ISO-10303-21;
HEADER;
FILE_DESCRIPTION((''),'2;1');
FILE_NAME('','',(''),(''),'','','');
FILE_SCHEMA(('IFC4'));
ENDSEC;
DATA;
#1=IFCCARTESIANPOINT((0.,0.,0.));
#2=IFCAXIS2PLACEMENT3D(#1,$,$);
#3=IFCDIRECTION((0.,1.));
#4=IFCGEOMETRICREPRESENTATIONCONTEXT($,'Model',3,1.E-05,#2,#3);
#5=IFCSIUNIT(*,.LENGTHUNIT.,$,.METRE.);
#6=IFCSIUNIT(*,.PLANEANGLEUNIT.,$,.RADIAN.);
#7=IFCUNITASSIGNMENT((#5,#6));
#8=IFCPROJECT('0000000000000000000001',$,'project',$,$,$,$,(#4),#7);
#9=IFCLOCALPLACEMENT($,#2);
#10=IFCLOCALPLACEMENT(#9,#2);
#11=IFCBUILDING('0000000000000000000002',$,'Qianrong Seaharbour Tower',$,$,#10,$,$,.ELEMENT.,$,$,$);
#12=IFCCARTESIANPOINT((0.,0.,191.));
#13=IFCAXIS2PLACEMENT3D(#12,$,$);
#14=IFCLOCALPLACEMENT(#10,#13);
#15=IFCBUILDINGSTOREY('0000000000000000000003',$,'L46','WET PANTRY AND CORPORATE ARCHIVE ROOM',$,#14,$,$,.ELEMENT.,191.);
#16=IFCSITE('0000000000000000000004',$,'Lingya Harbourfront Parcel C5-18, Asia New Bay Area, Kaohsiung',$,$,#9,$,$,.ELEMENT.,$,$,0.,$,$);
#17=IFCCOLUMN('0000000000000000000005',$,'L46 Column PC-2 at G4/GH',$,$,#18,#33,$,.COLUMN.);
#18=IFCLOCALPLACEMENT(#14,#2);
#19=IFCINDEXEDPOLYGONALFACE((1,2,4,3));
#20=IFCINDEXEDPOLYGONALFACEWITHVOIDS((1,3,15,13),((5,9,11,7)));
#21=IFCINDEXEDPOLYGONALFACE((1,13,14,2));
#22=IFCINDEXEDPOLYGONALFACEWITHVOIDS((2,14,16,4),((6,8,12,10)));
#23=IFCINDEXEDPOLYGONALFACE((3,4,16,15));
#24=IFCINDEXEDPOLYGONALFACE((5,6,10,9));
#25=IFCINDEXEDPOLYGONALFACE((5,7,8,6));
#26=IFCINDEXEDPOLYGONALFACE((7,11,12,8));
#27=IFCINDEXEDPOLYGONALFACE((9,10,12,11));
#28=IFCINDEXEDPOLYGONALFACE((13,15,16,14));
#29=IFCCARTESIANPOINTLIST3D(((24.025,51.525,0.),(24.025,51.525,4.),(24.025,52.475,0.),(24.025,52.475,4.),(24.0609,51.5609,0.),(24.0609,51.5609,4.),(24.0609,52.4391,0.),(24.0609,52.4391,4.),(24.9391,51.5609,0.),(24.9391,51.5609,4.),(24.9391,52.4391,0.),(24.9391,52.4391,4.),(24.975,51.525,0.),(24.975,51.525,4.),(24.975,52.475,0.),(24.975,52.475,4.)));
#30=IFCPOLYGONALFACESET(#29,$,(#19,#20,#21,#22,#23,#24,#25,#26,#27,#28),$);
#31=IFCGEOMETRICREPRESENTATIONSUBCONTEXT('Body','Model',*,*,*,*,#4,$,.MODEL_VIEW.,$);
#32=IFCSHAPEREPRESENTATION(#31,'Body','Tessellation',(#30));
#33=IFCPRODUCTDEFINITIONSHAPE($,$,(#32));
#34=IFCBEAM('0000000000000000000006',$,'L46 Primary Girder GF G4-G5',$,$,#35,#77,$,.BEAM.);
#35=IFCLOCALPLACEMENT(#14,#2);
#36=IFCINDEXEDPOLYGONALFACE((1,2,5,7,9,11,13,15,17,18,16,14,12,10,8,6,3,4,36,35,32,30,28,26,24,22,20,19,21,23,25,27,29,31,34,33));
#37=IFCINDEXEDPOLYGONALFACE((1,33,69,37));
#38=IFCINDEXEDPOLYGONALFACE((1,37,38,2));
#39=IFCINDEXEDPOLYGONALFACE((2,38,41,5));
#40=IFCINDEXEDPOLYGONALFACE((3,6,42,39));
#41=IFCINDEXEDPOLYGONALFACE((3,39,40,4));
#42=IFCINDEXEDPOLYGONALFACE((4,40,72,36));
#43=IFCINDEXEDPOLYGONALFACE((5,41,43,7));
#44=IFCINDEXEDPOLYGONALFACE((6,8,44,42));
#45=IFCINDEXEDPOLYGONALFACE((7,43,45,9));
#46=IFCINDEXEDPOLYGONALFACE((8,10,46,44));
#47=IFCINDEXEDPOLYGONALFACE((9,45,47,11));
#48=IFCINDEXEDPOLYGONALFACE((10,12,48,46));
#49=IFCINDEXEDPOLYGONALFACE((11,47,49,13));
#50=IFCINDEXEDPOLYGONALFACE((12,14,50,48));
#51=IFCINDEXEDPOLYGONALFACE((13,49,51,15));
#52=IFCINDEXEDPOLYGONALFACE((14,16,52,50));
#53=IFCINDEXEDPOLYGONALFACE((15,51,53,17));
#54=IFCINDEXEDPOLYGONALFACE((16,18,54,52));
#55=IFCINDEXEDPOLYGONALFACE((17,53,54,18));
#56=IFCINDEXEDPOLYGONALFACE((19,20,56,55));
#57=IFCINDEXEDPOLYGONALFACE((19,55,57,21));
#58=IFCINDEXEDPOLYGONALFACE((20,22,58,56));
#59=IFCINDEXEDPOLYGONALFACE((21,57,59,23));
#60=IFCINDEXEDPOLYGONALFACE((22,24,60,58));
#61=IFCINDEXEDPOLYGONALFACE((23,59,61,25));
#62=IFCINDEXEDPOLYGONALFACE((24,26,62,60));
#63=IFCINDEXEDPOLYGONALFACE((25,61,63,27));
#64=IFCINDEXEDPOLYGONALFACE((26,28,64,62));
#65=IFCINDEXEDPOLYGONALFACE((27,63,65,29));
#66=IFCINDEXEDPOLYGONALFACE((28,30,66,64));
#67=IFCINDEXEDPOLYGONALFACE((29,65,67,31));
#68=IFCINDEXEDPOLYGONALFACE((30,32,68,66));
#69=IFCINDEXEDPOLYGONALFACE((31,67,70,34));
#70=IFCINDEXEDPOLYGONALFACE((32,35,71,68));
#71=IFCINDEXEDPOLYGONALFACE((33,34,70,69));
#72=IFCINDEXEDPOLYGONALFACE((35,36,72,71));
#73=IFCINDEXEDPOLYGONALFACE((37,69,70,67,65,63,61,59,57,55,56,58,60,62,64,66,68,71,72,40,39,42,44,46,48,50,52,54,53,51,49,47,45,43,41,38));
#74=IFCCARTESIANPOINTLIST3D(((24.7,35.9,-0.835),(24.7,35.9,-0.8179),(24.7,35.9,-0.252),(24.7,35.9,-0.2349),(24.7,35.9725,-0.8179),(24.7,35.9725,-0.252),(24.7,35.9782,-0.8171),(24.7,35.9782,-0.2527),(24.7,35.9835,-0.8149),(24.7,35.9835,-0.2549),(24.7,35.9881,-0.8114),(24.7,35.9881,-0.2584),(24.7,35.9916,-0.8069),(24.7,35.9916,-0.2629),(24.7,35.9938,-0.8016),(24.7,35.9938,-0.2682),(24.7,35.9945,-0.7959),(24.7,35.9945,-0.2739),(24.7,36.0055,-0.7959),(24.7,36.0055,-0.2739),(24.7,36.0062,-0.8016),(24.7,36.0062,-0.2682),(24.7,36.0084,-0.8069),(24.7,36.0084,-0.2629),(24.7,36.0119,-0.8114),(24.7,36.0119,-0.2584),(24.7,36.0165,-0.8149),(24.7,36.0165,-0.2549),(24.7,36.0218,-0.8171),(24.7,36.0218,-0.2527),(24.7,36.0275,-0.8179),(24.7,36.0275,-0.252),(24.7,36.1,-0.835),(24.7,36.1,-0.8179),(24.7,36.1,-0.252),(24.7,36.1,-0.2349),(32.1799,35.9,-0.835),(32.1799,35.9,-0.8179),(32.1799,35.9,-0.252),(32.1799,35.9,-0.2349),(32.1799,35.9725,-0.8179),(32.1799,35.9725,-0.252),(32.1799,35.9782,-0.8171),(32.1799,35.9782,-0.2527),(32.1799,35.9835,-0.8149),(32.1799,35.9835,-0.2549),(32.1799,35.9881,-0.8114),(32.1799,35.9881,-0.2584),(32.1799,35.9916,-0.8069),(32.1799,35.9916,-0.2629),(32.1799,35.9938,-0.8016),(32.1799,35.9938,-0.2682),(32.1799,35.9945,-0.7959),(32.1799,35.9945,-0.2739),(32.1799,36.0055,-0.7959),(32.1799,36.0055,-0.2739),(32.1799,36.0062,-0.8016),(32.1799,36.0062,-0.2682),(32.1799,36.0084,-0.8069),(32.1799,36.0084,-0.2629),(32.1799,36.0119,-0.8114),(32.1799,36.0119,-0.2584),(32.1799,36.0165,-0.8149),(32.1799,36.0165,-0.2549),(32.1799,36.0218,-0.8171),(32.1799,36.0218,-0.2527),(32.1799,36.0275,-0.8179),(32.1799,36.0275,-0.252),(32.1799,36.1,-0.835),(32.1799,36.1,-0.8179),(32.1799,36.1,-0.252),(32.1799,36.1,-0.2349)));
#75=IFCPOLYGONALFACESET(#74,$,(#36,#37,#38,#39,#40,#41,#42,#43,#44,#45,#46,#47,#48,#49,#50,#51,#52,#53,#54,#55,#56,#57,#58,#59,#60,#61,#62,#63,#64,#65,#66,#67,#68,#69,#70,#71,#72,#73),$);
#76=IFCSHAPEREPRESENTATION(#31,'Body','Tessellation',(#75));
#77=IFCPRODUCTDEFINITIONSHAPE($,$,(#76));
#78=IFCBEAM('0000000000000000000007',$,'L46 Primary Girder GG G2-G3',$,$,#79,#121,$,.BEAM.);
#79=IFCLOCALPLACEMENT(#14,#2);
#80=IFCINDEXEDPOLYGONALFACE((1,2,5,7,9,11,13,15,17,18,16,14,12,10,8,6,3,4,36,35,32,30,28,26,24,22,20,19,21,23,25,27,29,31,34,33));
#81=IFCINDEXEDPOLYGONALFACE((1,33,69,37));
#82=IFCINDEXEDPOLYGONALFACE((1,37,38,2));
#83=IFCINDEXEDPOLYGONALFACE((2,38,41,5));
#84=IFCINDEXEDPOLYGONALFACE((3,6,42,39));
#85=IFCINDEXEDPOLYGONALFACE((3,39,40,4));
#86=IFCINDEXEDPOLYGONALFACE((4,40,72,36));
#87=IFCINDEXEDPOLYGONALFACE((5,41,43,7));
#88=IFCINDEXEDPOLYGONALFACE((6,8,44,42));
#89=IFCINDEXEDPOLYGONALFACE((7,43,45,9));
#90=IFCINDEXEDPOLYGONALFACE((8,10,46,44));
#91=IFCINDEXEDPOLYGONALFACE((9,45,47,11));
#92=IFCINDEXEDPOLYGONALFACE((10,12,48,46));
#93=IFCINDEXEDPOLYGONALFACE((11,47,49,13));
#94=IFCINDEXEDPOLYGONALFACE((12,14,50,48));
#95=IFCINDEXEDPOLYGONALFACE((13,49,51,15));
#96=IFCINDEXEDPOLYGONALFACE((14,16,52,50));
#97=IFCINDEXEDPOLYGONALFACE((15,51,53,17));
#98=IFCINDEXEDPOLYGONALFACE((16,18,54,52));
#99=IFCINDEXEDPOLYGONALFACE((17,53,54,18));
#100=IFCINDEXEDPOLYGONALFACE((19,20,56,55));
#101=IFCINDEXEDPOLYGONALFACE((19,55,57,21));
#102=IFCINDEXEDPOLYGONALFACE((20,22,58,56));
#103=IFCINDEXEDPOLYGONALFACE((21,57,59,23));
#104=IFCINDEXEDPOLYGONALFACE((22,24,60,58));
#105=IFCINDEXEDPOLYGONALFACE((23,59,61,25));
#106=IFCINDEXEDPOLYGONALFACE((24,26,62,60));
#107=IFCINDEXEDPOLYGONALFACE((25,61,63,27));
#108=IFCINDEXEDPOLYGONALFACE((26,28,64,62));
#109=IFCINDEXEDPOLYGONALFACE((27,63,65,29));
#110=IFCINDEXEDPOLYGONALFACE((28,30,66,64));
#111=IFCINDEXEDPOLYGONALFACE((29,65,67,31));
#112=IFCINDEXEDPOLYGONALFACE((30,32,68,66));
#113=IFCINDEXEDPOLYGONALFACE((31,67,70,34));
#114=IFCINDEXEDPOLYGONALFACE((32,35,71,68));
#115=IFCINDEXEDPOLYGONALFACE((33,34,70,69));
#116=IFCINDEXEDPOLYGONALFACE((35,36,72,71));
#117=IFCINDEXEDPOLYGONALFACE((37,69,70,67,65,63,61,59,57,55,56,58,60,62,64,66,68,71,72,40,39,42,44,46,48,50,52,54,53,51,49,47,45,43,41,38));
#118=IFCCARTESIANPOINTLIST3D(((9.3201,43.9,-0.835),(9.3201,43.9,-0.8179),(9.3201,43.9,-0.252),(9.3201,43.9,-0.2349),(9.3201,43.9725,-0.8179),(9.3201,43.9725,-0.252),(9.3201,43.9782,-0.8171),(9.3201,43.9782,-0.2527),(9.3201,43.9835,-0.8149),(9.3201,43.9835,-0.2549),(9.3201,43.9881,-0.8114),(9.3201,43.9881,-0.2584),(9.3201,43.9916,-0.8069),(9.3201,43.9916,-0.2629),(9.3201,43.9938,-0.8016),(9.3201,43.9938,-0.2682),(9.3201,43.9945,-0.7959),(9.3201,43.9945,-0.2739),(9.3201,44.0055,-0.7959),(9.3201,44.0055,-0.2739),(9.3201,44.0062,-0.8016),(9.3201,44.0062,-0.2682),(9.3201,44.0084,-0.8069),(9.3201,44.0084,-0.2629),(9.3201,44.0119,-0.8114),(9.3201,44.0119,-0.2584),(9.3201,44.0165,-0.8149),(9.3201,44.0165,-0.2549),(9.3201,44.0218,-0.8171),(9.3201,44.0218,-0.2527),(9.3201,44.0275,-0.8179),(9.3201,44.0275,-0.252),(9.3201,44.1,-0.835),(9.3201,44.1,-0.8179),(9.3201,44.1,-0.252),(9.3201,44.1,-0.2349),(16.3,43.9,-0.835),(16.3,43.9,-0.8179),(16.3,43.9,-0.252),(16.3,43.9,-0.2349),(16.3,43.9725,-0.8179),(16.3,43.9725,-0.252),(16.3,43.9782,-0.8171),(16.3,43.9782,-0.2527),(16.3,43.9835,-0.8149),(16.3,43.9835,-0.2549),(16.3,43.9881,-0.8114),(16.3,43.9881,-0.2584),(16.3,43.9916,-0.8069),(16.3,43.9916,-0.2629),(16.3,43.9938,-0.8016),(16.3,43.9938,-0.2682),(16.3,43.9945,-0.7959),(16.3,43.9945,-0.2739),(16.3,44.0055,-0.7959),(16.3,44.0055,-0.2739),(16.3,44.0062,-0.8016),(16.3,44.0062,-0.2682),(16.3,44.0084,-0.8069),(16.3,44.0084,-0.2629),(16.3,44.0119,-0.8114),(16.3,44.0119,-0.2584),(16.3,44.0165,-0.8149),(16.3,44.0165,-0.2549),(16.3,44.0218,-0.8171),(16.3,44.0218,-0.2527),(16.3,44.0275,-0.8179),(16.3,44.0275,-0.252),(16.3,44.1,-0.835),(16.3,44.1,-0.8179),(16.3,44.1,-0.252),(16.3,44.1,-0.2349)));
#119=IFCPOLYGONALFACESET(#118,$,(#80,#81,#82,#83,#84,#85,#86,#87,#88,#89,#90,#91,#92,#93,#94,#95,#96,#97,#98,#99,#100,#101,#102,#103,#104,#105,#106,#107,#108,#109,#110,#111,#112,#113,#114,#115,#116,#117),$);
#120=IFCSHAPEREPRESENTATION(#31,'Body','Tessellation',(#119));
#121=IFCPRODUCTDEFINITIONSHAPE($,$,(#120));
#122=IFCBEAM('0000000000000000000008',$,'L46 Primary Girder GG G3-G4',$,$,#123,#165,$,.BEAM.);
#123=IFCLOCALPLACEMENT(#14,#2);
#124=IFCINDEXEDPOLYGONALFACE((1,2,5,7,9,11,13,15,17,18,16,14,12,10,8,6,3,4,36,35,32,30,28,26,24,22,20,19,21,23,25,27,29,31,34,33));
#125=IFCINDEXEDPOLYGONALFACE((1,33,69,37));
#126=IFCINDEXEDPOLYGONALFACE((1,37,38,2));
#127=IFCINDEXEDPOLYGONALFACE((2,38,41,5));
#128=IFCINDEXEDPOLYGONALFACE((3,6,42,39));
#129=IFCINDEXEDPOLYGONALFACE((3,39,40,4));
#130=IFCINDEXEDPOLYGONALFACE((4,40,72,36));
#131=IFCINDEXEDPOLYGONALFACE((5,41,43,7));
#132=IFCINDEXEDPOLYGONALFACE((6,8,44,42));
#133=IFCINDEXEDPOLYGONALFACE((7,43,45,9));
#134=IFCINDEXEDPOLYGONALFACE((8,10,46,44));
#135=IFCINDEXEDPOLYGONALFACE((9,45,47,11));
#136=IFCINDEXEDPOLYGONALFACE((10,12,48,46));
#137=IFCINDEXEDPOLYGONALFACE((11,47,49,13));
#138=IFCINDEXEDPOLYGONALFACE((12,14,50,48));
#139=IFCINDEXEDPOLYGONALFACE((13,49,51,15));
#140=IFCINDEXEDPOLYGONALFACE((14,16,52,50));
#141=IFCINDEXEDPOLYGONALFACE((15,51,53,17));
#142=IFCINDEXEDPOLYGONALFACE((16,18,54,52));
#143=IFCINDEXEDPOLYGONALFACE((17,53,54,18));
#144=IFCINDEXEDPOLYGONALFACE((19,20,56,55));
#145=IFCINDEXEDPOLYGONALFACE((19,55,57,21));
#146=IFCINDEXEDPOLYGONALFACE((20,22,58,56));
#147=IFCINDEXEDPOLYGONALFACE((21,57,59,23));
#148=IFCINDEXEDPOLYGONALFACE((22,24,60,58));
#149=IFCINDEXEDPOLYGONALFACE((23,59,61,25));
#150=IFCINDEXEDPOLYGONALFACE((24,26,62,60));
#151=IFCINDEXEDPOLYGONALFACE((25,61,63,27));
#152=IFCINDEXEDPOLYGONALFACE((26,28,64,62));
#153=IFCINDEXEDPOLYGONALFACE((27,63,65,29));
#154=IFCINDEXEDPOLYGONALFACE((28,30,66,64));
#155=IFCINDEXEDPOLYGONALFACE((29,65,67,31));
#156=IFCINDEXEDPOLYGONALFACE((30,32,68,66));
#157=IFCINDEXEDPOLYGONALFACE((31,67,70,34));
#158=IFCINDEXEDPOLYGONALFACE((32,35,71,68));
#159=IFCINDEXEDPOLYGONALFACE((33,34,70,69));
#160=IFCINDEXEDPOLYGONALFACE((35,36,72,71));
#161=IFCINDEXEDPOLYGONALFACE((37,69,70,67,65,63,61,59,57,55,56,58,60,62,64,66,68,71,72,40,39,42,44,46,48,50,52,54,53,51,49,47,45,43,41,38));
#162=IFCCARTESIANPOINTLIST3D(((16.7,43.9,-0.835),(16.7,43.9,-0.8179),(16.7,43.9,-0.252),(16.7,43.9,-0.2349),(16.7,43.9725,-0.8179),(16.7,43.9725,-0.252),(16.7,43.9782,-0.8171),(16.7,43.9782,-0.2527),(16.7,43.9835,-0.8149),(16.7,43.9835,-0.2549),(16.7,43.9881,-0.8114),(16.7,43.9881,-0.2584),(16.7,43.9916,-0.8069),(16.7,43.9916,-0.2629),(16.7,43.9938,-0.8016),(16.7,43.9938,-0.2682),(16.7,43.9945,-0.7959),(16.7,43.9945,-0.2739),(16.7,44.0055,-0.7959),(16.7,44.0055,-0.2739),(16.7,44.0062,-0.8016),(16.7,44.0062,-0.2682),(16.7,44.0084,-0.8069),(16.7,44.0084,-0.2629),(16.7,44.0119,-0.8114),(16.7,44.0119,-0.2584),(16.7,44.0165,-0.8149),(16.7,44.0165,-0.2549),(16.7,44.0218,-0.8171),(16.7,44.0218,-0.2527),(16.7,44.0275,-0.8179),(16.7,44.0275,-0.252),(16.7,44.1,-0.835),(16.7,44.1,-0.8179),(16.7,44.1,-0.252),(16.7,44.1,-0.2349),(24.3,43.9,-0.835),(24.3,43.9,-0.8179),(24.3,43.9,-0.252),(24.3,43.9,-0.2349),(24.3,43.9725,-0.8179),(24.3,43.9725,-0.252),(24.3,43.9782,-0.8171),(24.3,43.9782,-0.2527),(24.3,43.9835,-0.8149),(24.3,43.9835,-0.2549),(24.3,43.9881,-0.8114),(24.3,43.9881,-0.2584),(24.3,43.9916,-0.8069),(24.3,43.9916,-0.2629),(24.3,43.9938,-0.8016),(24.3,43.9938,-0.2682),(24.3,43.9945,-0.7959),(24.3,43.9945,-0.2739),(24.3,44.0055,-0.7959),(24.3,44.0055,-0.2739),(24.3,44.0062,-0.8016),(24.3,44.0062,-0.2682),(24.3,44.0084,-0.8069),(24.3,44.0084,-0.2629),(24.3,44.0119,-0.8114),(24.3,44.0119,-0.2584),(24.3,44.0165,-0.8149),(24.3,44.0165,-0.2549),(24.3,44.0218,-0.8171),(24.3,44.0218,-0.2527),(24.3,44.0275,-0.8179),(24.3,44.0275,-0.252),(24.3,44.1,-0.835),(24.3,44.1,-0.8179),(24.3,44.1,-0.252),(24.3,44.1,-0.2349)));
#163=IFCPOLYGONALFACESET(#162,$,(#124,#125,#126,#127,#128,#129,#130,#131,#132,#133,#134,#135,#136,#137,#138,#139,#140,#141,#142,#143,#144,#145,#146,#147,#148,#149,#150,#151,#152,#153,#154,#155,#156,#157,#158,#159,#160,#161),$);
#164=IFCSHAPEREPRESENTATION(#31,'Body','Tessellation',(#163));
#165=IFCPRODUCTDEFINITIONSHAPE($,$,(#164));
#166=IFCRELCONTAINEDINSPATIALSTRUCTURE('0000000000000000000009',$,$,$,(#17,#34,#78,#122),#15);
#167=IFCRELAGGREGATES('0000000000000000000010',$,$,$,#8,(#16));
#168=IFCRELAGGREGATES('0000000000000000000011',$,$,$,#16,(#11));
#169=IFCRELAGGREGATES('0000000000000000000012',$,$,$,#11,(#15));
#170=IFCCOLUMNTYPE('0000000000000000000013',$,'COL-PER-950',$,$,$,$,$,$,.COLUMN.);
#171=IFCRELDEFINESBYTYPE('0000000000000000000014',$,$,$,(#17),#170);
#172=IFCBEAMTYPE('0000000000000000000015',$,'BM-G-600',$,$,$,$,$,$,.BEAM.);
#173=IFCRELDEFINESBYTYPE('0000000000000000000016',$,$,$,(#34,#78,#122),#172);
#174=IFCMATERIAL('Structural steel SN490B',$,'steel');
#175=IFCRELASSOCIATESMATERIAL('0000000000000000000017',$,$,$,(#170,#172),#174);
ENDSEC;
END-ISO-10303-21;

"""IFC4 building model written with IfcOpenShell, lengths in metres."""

from ifc_helpers import new_model, si_unit, direction, frame, origin, origin_2d, place, context, subcontext, project, spatial, hollow_rectangle, i_section, extrude, material, material_profile, profile_set, type_object, element, save


model = new_model("IFC4")

# Units and contexts
model_context = context("Model", 3, precision=1e-05, world=origin(), true_north=direction((0.0, 1.0)))
body_context = subcontext(model_context, "Body", "Model", "MODEL_VIEW")
ifc_project = project(units=[si_unit("LENGTHUNIT", "METRE"), si_unit("PLANEANGLEUNIT", "RADIAN")], contexts=[model_context])

# Site, building, storey
site_placement = place(None, origin())
site = spatial("IfcSite", under=ifc_project, at=site_placement, Name="Lingya Harbourfront Parcel C5-18, Asia New Bay Area, Kaohsiung", CompositionType="ELEMENT", RefElevation=0.0)
building_placement = place(site_placement, origin())
building = spatial("IfcBuilding", under=site, at=building_placement, Name="Qianrong Seaharbour Tower", CompositionType="ELEMENT")
storey_placement = place(building_placement, frame((0.0, 0.0, 191.0)))
storey = spatial("IfcBuildingStorey", under=building, at=storey_placement, Name="L46", Description="WET PANTRY AND CORPORATE ARCHIVE ROOM", CompositionType="ELEMENT", Elevation=191.0)

# Column
ifc_material_1 = material(Name="Structural steel SN490B", Category="steel")
ifc_material_profile_1 = material_profile(ifc_material_1, hollow_rectangle(XDim=0.95, YDim=0.95, WallThickness=0.0359, at=origin_2d()), Name="BOX950x950x36")
ifc_profile_set_1 = profile_set([ifc_material_profile_1], Name="Structural steel SN490B")
column_type_1 = type_object("IfcColumnType", Name="COL-PER-950", PredefinedType="COLUMN", material=ifc_profile_set_1)
for number, where, z_axis, x_axis, name in (
    (1, (24.5, 52.0, 0.0), (0.0, 0.0, 1.0), (1.0, 0.0, 0.0), "L46 Column PC-2 at G4/GH"),
):
    element("IfcColumn", number, at=place(storey_placement, frame(where, z_axis=z_axis, x_axis=x_axis)), inside=storey, type_object=column_type_1, Name=name, PredefinedType="COLUMN", context=body_context, shape_type="SweptSolid", body=[
        extrude(hollow_rectangle(XDim=0.95, YDim=0.95, WallThickness=0.0359, at=origin_2d()), origin(), (0.0, 0.0, 1.0), 4.0),
    ])

# Beams
ifc_material_profile_2 = material_profile(ifc_material_1, i_section(OverallWidth=0.2, OverallDepth=0.6001, WebThickness=0.011, FlangeThickness=0.0171, FilletRadius=0.022, at=origin_2d()), Name="H600x200x11x17")
ifc_profile_set_2 = profile_set([ifc_material_profile_2], Name="Structural steel SN490B")
beam_type_1 = type_object("IfcBeamType", Name="BM-G-600", PredefinedType="BEAM", material=ifc_profile_set_2)
beam_1_placement = place(storey_placement, frame((24.7, 36.0, -0.5349), z_axis=(1.0, 0.0, 0.0), x_axis=(0.0, 1.0, 0.0)))
element("IfcBeam", 2, at=beam_1_placement, inside=storey, type_object=beam_type_1, Name="L46 Primary Girder GF G4-G5", PredefinedType="BEAM", context=body_context, shape_type="SweptSolid", body=[
    extrude(i_section(OverallWidth=0.2, OverallDepth=0.6001, WebThickness=0.011, FlangeThickness=0.0171, FilletRadius=0.022, at=origin_2d()), origin(), (0.0, 0.0, 1.0), 7.48),
])
beam_2_placement = place(storey_placement, frame((9.3201, 44.0, -0.5349), z_axis=(1.0, 0.0, 0.0), x_axis=(0.0, 1.0, 0.0)))
element("IfcBeam", 3, at=beam_2_placement, inside=storey, type_object=beam_type_1, Name="L46 Primary Girder GG G2-G3", PredefinedType="BEAM", context=body_context, shape_type="SweptSolid", body=[
    extrude(i_section(OverallWidth=0.2, OverallDepth=0.6001, WebThickness=0.011, FlangeThickness=0.0171, FilletRadius=0.022, at=origin_2d()), origin(), (0.0, 0.0, 1.0), 6.98),
])
for number, where, z_axis, x_axis, name in (
    (4, (16.7, 44.0, -0.5349), (1.0, 0.0, 0.0), (0.0, 1.0, 0.0), "L46 Primary Girder GG G3-G4"),
):
    element("IfcBeam", number, at=place(storey_placement, frame(where, z_axis=z_axis, x_axis=x_axis)), inside=storey, type_object=beam_type_1, Name=name, PredefinedType="BEAM", context=body_context, shape_type="SweptSolid", body=[
        extrude(i_section(OverallWidth=0.2, OverallDepth=0.6001, WebThickness=0.011, FlangeThickness=0.0171, FilletRadius=0.022, at=origin_2d()), origin(), (0.0, 0.0, 1.0), 7.6001),
    ])

save(model, "model.ifc")
